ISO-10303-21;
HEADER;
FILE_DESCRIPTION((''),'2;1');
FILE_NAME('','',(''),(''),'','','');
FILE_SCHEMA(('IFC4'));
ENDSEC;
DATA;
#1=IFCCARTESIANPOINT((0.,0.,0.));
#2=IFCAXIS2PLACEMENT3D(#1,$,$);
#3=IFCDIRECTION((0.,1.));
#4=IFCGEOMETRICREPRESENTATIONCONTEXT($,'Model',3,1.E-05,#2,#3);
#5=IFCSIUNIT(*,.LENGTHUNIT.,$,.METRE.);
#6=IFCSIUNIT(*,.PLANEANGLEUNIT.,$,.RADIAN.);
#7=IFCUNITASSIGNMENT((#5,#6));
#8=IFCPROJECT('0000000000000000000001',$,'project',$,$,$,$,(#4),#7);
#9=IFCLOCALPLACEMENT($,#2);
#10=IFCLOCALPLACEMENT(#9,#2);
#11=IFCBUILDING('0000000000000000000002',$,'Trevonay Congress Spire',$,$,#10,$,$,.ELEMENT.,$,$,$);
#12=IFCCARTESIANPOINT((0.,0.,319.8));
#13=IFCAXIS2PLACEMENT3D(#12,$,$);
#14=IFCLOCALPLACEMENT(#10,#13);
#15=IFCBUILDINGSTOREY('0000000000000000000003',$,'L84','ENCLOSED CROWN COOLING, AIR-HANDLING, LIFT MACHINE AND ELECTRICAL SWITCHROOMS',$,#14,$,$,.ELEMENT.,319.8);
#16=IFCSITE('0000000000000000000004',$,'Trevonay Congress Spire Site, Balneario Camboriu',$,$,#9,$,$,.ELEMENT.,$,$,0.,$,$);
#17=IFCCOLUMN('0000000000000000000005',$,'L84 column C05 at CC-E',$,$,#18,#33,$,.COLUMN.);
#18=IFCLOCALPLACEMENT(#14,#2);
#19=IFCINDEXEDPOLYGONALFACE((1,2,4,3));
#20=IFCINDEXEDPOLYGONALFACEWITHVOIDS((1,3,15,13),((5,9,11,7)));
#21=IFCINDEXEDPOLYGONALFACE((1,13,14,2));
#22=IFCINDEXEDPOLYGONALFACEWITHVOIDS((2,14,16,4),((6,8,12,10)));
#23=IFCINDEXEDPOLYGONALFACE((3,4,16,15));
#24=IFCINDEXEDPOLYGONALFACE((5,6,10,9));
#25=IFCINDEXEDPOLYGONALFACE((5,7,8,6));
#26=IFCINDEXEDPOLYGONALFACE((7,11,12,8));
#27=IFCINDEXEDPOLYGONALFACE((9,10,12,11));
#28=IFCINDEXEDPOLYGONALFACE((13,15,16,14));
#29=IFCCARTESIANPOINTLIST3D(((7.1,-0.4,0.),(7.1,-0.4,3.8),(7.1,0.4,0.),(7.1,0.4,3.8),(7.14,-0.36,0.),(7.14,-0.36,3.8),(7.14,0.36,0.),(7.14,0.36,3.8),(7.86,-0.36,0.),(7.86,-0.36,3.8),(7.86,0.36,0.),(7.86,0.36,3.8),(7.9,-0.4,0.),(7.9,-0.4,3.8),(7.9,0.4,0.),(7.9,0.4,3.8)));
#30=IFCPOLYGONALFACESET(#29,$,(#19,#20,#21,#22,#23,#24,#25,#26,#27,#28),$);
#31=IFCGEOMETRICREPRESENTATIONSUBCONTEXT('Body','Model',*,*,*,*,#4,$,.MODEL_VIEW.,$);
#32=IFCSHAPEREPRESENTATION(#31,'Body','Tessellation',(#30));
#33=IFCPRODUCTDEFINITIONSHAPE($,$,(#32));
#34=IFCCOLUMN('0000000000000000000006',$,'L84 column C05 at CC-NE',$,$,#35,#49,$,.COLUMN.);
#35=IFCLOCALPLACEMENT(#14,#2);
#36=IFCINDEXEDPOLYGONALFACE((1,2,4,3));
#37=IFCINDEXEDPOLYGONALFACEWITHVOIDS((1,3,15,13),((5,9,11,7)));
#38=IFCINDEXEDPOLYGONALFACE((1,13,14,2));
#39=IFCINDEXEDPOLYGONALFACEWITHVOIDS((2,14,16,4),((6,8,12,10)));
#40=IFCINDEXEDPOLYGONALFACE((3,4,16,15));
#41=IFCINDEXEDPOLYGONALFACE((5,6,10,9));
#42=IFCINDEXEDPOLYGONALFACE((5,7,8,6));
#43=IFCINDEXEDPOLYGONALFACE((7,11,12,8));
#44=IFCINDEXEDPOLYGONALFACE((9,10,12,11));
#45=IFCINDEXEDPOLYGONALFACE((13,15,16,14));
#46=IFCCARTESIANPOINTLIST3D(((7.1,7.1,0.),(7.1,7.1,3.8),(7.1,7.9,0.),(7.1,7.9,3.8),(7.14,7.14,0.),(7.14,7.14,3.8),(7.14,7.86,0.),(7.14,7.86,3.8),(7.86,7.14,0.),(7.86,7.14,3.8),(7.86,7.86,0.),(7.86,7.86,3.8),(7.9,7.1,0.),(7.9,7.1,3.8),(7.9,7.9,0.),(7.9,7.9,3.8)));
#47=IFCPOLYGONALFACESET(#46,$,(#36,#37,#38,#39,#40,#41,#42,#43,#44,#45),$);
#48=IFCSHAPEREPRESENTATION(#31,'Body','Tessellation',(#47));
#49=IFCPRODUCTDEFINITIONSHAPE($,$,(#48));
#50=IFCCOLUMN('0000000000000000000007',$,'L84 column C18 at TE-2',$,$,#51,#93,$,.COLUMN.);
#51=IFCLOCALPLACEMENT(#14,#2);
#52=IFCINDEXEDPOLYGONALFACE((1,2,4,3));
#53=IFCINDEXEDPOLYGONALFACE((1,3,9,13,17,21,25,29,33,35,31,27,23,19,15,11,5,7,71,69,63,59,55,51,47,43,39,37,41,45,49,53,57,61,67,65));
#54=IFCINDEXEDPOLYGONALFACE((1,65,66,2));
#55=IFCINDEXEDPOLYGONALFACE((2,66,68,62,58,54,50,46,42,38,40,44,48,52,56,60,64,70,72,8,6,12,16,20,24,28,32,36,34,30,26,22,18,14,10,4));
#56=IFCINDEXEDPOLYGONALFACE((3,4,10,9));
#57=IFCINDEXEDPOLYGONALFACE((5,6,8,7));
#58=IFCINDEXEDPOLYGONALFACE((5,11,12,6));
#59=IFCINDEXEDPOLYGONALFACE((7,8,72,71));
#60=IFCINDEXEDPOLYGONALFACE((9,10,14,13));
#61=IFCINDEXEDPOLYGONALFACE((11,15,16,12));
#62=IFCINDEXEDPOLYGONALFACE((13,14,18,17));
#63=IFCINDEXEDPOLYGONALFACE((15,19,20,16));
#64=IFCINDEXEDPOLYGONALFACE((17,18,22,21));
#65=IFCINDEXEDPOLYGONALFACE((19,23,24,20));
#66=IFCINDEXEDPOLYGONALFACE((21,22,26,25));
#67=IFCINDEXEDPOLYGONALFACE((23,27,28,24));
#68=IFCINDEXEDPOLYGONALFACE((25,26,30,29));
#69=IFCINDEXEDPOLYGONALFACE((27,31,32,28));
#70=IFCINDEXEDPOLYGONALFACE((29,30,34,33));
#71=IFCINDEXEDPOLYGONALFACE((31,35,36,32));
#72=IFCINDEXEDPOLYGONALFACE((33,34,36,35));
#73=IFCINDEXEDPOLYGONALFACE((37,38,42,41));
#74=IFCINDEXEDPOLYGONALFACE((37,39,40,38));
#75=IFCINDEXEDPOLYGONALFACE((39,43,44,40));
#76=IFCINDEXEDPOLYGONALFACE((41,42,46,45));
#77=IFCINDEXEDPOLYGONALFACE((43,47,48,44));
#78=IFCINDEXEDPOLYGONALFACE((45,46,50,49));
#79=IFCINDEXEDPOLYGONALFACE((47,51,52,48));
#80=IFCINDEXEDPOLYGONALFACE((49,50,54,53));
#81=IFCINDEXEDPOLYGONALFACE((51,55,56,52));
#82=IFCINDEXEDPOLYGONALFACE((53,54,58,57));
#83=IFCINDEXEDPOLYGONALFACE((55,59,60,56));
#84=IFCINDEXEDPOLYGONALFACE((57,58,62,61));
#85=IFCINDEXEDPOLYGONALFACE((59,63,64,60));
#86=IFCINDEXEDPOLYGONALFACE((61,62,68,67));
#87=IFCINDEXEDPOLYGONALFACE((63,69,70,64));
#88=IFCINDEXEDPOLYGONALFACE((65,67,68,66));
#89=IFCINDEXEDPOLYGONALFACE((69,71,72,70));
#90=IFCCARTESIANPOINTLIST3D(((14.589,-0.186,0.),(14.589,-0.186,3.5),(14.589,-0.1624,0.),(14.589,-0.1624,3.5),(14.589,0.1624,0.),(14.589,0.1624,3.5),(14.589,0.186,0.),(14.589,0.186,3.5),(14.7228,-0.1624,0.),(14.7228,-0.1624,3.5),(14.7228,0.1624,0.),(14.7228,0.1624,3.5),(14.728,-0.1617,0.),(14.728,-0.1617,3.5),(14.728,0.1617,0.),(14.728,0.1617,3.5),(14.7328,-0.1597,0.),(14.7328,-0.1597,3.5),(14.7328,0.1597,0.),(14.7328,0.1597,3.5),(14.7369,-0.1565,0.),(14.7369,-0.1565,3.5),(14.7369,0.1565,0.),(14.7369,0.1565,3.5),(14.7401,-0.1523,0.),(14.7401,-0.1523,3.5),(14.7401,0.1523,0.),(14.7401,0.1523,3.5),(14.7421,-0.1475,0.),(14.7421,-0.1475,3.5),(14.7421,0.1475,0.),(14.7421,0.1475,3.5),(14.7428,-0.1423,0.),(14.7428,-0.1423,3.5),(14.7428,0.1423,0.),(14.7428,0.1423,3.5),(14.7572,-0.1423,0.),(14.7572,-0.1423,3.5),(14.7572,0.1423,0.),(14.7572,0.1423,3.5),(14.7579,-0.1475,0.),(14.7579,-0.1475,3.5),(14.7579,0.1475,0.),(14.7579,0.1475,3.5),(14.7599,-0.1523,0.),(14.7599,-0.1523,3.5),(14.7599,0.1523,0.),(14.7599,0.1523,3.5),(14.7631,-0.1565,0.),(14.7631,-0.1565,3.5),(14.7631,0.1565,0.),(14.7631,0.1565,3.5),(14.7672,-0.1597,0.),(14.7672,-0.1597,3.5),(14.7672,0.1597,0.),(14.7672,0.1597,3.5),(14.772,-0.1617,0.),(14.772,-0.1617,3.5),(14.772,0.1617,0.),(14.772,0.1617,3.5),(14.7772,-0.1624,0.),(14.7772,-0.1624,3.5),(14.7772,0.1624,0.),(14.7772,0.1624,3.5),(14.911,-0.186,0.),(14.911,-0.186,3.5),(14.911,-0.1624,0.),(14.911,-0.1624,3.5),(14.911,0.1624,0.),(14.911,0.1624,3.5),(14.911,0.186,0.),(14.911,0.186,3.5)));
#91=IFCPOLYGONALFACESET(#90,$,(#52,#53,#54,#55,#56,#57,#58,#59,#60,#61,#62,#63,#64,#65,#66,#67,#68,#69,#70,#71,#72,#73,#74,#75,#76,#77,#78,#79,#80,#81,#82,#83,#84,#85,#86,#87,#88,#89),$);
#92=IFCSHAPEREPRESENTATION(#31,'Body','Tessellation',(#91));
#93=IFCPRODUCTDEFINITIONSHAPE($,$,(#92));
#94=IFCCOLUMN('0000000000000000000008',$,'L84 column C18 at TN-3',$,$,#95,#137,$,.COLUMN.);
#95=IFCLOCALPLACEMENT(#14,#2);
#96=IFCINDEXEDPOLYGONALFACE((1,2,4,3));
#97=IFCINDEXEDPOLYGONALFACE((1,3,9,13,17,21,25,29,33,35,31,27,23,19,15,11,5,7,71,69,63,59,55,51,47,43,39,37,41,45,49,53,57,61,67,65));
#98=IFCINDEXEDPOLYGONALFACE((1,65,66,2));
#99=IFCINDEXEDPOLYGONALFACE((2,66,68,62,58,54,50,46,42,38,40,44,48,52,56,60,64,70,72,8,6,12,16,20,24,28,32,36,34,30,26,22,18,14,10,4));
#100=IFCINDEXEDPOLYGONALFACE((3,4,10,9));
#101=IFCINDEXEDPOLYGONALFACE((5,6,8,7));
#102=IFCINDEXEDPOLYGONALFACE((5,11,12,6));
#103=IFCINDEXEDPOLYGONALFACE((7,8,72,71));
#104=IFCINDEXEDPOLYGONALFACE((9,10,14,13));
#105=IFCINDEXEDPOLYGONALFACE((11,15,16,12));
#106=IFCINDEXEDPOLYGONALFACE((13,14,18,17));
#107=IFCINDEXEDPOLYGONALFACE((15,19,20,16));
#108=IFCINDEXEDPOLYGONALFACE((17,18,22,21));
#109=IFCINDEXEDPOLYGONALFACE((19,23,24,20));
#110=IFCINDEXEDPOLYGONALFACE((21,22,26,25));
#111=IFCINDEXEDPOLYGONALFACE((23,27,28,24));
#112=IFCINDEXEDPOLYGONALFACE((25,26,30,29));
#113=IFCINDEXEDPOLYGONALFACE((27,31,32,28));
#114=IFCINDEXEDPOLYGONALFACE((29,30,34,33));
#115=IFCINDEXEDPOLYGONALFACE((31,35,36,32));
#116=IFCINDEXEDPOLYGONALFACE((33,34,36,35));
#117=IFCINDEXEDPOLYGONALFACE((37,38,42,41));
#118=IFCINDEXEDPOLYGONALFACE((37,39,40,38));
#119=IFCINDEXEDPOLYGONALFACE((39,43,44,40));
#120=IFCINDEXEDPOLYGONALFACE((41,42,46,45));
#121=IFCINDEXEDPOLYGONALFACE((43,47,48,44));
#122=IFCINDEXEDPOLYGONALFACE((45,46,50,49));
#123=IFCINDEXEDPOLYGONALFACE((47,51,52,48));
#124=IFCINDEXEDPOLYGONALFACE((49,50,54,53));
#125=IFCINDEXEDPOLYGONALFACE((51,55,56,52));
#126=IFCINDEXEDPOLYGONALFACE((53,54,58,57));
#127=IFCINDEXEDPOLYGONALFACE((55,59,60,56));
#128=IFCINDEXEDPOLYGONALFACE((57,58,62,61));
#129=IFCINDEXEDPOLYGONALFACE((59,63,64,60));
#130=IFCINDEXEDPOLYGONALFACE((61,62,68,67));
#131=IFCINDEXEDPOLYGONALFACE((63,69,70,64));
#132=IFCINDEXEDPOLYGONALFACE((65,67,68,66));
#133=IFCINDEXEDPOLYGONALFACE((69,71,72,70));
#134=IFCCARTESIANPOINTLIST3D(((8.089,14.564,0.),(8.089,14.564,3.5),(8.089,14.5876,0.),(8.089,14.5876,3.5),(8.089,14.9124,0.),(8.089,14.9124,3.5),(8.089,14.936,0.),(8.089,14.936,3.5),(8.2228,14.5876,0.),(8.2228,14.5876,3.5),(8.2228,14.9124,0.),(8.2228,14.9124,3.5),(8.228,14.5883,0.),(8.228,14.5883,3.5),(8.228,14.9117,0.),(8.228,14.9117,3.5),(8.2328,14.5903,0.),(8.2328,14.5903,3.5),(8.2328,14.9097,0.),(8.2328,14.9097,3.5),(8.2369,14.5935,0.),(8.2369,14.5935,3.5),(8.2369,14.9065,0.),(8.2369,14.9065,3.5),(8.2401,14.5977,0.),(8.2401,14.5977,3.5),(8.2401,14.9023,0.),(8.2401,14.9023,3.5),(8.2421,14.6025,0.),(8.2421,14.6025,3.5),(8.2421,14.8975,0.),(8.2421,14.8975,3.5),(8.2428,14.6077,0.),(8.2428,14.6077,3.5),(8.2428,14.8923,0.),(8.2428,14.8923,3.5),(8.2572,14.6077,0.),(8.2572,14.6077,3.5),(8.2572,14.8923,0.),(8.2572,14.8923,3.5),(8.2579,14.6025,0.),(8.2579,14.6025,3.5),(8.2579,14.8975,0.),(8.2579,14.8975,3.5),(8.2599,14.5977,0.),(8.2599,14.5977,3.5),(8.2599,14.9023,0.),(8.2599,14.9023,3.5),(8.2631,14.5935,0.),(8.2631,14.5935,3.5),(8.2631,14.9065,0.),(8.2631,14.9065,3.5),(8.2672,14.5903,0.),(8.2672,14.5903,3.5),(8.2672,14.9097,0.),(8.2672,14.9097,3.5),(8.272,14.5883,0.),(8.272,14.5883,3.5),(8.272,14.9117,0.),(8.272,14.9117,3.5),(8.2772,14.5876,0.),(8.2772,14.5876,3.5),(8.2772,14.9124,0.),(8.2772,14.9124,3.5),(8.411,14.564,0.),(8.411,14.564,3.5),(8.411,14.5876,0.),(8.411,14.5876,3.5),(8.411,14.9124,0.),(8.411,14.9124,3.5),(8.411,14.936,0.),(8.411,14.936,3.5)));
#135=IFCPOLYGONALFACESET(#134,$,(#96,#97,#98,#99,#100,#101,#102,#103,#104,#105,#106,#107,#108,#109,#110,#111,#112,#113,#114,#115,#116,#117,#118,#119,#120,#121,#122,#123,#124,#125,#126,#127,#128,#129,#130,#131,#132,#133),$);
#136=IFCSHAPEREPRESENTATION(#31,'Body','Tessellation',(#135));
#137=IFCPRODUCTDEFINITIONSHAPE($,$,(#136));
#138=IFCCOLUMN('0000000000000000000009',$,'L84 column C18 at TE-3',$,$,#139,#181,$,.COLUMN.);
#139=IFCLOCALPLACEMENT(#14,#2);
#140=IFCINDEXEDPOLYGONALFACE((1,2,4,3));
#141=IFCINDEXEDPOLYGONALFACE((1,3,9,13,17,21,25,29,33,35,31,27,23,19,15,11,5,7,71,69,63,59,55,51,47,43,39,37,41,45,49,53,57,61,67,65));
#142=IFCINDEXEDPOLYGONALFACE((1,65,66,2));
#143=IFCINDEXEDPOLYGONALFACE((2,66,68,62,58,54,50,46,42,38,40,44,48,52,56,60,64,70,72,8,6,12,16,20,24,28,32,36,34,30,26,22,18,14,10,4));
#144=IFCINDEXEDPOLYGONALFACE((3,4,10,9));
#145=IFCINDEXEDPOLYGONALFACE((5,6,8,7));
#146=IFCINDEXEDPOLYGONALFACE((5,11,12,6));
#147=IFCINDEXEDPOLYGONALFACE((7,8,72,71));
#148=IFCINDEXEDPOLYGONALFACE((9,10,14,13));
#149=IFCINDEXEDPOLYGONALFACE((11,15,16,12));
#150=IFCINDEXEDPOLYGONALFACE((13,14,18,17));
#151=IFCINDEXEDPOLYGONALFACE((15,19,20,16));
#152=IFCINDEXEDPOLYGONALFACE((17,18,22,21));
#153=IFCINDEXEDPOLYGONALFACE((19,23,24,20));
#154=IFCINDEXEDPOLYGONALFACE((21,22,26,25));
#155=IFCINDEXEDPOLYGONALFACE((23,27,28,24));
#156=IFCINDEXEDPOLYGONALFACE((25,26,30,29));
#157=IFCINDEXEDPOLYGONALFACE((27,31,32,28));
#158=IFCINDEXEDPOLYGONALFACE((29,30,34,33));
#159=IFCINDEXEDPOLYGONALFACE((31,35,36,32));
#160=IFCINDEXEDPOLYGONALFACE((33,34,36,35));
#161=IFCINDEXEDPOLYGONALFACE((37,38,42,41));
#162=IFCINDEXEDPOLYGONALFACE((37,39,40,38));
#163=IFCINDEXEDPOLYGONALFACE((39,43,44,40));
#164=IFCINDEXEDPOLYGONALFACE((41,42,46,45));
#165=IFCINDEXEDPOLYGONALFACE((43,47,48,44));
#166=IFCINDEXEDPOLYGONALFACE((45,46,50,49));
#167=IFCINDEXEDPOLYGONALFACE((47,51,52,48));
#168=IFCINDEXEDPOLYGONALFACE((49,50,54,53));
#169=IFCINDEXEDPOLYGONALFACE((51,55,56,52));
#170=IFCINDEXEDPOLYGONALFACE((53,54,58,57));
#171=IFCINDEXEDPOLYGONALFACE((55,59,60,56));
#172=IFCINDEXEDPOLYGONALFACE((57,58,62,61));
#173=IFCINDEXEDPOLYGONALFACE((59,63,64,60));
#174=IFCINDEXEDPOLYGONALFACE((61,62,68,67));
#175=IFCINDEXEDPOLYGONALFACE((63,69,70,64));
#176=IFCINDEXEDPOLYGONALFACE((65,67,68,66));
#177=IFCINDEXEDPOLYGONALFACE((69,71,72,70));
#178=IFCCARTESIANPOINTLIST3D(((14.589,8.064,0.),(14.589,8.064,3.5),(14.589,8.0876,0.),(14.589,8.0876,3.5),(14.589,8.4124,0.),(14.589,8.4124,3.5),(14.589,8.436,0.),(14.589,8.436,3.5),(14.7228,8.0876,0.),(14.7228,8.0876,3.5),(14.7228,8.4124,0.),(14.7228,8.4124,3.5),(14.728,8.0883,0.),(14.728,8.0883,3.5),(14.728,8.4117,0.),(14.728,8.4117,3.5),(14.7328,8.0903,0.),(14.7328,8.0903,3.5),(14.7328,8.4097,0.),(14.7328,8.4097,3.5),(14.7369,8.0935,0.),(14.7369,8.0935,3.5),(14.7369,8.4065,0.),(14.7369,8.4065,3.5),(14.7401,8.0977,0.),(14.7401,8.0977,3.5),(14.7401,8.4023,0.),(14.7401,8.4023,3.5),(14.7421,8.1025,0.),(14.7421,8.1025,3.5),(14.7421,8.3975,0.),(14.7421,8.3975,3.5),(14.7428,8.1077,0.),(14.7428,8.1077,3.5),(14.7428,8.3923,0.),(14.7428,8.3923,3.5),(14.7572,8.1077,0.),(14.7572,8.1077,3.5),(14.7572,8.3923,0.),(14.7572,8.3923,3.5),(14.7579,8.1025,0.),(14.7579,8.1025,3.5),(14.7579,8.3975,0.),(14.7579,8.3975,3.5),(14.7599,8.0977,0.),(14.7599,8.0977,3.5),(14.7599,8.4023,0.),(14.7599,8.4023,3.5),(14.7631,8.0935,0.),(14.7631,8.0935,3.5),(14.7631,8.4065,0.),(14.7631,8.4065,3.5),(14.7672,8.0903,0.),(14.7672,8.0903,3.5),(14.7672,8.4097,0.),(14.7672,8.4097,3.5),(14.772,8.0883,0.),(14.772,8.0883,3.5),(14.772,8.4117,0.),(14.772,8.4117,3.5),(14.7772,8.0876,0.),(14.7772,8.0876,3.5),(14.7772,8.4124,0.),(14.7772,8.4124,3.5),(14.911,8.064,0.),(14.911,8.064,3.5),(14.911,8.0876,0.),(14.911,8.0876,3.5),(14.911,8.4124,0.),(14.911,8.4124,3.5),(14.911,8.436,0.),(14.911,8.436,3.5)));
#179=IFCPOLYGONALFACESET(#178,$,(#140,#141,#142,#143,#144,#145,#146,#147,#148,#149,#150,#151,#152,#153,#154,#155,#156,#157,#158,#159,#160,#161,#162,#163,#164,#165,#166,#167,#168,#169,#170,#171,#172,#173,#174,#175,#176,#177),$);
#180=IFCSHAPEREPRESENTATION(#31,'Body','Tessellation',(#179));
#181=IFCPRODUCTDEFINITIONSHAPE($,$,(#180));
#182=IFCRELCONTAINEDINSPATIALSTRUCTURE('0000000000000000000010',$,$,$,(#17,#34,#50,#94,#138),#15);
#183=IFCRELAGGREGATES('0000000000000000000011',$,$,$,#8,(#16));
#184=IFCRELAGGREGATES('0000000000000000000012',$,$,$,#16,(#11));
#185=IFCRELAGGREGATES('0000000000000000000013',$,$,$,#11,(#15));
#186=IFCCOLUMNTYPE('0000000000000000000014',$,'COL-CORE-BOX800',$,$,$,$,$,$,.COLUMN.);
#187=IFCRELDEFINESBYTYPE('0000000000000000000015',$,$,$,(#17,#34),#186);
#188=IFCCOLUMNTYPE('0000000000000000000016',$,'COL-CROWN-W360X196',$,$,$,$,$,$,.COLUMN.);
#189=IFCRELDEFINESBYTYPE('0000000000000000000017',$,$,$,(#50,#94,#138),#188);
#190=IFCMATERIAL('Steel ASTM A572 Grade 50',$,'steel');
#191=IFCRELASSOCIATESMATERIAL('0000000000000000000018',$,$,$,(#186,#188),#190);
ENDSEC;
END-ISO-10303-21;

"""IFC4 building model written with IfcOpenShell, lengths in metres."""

from ifc_helpers import new_model, si_unit, direction, frame, origin, origin_2d, place, context, subcontext, project, spatial, hollow_rectangle, i_section, extrude, material, material_profile, profile_set, type_object, element, save


model = new_model("IFC4")

# Units and contexts
model_context = context("Model", 3, precision=1e-05, world=origin(), true_north=direction((0.0, 1.0)))
body_context = subcontext(model_context, "Body", "Model", "MODEL_VIEW")
ifc_project = project(units=[si_unit("LENGTHUNIT", "METRE"), si_unit("PLANEANGLEUNIT", "RADIAN")], contexts=[model_context])

# Site, building, storey
site_placement = place(None, origin())
site = spatial("IfcSite", under=ifc_project, at=site_placement, Name="Trevonay Congress Spire Site, Balneario Camboriu", CompositionType="ELEMENT", RefElevation=0.0)
building_placement = place(site_placement, origin())
building = spatial("IfcBuilding", under=site, at=building_placement, Name="Trevonay Congress Spire", CompositionType="ELEMENT")
storey_placement = place(building_placement, frame((0.0, 0.0, 319.8)))
storey = spatial("IfcBuildingStorey", under=building, at=storey_placement, Name="L84", Description="ENCLOSED CROWN COOLING, AIR-HANDLING, LIFT MACHINE AND ELECTRICAL SWITCHROOMS", CompositionType="ELEMENT", Elevation=319.8)

# Columns
ifc_material_1 = material(Name="Steel ASTM A572 Grade 50", Category="steel")
ifc_material_profile_1 = material_profile(ifc_material_1, hollow_rectangle(XDim=0.8, YDim=0.8, WallThickness=0.04, at=origin_2d()), Name="BOX 800x800x40")
ifc_profile_set_1 = profile_set([ifc_material_profile_1], Name="Steel ASTM A572 Grade 50")
column_type_1 = type_object("IfcColumnType", Name="COL-CORE-BOX800", PredefinedType="COLUMN", material=ifc_profile_set_1)
for number, where, z_axis, x_axis, name in (
    (1, (7.5, 0.0, 0.0), (0.0, 0.0, 1.0), (1.0, 0.0, 0.0), "L84 column C05 at CC-E"),
    (2, (7.5, 7.5, 0.0), (0.0, 0.0, 1.0), (1.0, 0.0, 0.0), "L84 column C05 at CC-NE"),
):
    element("IfcColumn", number, at=place(storey_placement, frame(where, z_axis=z_axis, x_axis=x_axis)), inside=storey, type_object=column_type_1, Name=name, PredefinedType="COLUMN", context=body_context, shape_type="SweptSolid", body=[
        extrude(hollow_rectangle(XDim=0.8, YDim=0.8, WallThickness=0.04, at=origin_2d()), origin(), (0.0, 0.0, 1.0), 3.8),
    ])
ifc_material_profile_2 = material_profile(ifc_material_1, i_section(OverallWidth=0.322, OverallDepth=0.3721, WebThickness=0.0144, FlangeThickness=0.0237, FilletRadius=0.02, at=origin_2d()), Name="W360x196")
ifc_profile_set_2 = profile_set([ifc_material_profile_2], Name="Steel ASTM A572 Grade 50")
column_type_2 = type_object("IfcColumnType", Name="COL-CROWN-W360X196", PredefinedType="COLUMN", material=ifc_profile_set_2)
for number, where, z_axis, x_axis, name in (
    (3, (14.75, 0.0, 0.0), (0.0, 0.0, 1.0), (1.0, 0.0, 0.0), "L84 column C18 at TE-2"),
    (4, (8.25, 14.75, 0.0), (0.0, 0.0, 1.0), (1.0, 0.0, 0.0), "L84 column C18 at TN-3"),
    (5, (14.75, 8.25, 0.0), (0.0, 0.0, 1.0), (1.0, 0.0, 0.0), "L84 column C18 at TE-3"),
):
    element("IfcColumn", number, at=place(storey_placement, frame(where, z_axis=z_axis, x_axis=x_axis)), inside=storey, type_object=column_type_2, Name=name, PredefinedType="COLUMN", context=body_context, shape_type="SweptSolid", body=[
        extrude(i_section(OverallWidth=0.322, OverallDepth=0.3721, WebThickness=0.0144, FlangeThickness=0.0237, FilletRadius=0.02, at=origin_2d()), origin(), (0.0, 0.0, 1.0), 3.5),
    ])

save(model, "model.ifc")
